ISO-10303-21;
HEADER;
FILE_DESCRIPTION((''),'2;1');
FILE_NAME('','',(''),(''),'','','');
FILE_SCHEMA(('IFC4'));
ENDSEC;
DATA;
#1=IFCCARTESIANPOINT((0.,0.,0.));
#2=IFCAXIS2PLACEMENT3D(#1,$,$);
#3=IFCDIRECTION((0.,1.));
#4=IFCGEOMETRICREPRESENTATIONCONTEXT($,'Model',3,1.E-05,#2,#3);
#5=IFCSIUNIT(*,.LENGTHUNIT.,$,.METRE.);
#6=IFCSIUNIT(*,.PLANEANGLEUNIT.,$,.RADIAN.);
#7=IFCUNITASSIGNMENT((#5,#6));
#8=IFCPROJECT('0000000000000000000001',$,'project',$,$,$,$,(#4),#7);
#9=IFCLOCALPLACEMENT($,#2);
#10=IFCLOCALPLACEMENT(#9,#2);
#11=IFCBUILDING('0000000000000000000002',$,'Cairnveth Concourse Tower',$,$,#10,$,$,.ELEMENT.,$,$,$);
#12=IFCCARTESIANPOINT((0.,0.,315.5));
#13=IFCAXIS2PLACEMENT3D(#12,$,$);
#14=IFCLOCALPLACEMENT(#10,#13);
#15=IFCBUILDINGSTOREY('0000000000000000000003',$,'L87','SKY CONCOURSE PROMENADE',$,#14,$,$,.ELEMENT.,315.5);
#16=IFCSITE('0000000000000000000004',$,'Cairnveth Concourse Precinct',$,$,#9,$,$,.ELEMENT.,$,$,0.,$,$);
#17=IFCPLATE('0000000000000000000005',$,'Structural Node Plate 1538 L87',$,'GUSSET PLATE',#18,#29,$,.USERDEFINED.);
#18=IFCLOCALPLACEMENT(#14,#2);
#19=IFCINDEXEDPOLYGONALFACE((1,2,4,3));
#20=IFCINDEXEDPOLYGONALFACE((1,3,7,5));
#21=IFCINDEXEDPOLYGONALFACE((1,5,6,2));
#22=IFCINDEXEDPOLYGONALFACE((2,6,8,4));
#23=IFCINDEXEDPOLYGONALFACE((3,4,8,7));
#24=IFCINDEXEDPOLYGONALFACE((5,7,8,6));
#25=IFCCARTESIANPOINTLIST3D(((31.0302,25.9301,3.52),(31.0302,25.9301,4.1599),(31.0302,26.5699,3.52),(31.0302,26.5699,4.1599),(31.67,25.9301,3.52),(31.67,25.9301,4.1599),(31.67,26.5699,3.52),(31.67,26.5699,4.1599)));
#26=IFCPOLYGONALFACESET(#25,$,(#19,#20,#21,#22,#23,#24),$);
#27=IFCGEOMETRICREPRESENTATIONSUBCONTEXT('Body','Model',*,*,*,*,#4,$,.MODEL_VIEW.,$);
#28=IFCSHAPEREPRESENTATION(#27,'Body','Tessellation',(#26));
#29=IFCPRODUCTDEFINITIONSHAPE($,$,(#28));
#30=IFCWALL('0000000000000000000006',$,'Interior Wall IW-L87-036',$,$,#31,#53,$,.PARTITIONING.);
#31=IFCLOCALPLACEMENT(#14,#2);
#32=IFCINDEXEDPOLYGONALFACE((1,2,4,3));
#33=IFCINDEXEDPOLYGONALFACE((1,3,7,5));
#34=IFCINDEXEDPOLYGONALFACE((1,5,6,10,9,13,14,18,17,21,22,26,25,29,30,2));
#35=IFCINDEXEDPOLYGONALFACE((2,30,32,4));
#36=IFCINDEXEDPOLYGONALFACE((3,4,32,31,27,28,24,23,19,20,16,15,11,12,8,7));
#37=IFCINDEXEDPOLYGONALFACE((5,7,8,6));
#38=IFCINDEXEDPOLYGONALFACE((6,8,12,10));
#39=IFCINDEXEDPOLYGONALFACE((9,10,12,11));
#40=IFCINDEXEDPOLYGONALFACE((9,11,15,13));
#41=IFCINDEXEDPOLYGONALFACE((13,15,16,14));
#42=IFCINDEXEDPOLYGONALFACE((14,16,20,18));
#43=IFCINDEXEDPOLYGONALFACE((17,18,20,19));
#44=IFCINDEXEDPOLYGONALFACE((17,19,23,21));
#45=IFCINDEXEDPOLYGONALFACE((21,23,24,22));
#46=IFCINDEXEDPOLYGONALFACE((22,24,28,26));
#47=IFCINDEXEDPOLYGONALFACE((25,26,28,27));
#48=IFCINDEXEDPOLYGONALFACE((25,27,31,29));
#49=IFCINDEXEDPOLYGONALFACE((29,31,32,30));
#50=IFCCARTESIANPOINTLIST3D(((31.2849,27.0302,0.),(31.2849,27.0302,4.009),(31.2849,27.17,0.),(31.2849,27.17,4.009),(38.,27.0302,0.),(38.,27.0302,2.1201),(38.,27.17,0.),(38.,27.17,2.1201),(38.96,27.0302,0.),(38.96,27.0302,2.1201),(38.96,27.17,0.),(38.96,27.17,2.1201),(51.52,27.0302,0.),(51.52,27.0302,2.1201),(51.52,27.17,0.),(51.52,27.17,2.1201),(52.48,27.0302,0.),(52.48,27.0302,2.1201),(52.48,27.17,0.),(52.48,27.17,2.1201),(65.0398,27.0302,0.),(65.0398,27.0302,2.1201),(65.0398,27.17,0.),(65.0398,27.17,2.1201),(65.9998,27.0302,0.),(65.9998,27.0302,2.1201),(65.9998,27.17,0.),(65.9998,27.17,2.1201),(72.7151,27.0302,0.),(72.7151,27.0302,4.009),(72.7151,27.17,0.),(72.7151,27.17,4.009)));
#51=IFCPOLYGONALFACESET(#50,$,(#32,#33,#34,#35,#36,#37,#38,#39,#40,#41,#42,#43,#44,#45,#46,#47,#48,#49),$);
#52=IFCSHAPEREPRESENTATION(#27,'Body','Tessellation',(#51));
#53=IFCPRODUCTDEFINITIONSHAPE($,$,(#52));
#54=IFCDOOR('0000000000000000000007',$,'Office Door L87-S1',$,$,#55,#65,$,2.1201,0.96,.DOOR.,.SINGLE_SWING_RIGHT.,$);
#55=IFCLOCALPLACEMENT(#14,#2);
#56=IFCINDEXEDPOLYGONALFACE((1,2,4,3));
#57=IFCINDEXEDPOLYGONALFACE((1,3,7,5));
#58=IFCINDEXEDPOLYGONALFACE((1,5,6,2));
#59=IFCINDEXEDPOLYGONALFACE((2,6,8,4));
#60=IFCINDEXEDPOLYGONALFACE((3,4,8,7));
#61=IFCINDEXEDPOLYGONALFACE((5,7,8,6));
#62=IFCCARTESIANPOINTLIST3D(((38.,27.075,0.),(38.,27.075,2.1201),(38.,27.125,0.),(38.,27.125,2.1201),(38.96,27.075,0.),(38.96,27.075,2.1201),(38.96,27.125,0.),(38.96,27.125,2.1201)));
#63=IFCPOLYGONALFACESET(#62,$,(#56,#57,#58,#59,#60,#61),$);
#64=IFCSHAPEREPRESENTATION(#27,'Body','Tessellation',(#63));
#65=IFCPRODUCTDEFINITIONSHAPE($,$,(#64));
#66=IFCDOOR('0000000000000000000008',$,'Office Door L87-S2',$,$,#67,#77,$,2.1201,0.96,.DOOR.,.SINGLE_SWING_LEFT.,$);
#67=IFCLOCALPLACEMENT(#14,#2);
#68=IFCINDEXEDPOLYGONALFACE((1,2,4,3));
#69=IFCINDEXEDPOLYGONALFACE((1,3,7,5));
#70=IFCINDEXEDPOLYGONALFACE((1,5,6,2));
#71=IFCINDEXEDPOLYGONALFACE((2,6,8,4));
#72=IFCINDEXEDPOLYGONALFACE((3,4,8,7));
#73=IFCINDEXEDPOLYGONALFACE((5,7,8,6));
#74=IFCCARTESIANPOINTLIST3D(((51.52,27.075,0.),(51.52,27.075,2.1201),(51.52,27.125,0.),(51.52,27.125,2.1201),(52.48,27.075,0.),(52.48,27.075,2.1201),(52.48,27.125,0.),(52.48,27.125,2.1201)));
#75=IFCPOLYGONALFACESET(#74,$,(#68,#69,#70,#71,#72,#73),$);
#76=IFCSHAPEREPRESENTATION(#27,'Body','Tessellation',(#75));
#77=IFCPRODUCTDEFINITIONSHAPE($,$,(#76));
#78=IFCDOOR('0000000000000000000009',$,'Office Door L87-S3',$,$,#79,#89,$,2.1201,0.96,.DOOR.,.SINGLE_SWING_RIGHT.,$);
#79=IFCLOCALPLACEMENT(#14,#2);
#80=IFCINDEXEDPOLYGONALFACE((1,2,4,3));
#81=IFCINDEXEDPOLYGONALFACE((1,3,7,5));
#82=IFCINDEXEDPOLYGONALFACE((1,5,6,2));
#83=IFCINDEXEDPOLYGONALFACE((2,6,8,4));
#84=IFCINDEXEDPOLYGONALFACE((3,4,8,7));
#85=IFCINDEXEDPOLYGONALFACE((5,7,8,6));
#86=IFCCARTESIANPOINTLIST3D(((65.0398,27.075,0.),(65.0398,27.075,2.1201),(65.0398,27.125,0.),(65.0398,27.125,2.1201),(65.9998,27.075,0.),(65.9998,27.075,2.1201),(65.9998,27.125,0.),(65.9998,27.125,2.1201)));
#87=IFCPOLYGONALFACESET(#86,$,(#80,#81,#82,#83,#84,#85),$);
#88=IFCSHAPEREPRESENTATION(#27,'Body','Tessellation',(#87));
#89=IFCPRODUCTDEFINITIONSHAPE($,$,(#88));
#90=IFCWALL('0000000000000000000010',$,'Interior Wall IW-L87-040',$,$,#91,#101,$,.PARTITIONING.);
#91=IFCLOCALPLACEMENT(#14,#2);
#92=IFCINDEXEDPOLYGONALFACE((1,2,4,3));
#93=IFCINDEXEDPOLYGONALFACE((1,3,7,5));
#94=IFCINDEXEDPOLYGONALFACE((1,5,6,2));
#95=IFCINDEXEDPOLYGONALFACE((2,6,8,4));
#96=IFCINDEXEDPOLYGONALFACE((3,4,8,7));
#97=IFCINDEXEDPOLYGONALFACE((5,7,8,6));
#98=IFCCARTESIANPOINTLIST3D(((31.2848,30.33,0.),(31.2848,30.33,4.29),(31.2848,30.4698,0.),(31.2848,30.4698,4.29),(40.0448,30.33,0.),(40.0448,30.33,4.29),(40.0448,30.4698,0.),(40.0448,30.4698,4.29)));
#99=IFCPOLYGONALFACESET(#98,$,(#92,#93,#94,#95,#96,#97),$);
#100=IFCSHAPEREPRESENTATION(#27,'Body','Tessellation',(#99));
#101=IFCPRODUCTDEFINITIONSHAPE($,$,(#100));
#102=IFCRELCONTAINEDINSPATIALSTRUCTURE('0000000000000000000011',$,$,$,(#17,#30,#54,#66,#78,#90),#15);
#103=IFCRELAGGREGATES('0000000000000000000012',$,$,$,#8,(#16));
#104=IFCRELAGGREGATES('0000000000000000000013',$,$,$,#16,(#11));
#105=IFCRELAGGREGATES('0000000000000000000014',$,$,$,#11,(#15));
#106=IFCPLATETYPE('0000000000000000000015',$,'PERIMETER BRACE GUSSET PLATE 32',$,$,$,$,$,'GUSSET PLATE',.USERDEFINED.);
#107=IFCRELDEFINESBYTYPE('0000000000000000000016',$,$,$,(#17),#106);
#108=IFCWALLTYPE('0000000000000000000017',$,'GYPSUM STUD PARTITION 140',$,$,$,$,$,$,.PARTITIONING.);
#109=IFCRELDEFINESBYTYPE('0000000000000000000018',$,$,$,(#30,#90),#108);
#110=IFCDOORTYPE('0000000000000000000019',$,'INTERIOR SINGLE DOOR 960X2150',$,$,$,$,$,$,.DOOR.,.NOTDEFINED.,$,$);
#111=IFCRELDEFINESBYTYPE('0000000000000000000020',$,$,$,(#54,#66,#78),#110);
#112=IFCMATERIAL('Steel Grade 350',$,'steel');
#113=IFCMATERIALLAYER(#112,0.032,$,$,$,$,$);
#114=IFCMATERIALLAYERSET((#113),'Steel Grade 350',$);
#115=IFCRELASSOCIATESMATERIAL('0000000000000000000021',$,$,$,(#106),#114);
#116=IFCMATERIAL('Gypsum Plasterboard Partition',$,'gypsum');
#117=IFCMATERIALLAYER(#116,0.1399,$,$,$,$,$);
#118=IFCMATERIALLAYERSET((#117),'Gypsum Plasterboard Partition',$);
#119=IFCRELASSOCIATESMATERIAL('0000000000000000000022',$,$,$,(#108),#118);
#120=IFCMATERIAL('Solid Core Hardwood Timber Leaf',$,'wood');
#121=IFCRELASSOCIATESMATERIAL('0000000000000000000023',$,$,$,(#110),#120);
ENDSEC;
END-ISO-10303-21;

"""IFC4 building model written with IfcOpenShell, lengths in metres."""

from ifc_helpers import new_model, si_unit, direction, frame, frame_2d, origin, origin_2d, place, context, subcontext, project, spatial, rectangle, extrude, material, layer, layer_set, type_object, element, fill, save


model = new_model("IFC4")

# Units and contexts
model_context = context("Model", 3, precision=1e-05, world=origin(), true_north=direction((0.0, 1.0)))
body_context = subcontext(model_context, "Body", "Model", "MODEL_VIEW")
ifc_project = project(units=[si_unit("LENGTHUNIT", "METRE"), si_unit("PLANEANGLEUNIT", "RADIAN")], contexts=[model_context])

# Site, building, storey
site_placement = place(None, origin())
site = spatial("IfcSite", under=ifc_project, at=site_placement, Name="Cairnveth Concourse Precinct", CompositionType="ELEMENT", RefElevation=0.0)
building_placement = place(site_placement, origin())
building = spatial("IfcBuilding", under=site, at=building_placement, Name="Cairnveth Concourse Tower", CompositionType="ELEMENT")
storey_placement = place(building_placement, frame((0.0, 0.0, 315.5)))
storey = spatial("IfcBuildingStorey", under=building, at=storey_placement, Name="L87", Description="SKY CONCOURSE PROMENADE", CompositionType="ELEMENT", Elevation=315.5)

# Shared definitions
ifc_material_1 = material(Name="Steel Grade 350", Category="steel")

# Plate
ifc_layer_1 = layer(ifc_material_1, 0.032)
ifc_layer_set_1 = layer_set([ifc_layer_1], Name="Steel Grade 350")
plate_type_1 = type_object("IfcPlateType", Name="PERIMETER BRACE GUSSET PLATE 32", ElementType="GUSSET PLATE", PredefinedType="USERDEFINED", material=ifc_layer_set_1)
plate_1_placement = place(storey_placement, frame((31.3501, 26.25, 3.52), z_axis=(0.0, 0.0, 1.0), x_axis=(1.0, 0.0, 0.0)))
element("IfcPlate", 1, at=plate_1_placement, inside=storey, type_object=plate_type_1, Name="Structural Node Plate 1538 L87", ObjectType="GUSSET PLATE", PredefinedType="USERDEFINED", context=body_context, shape_type="SweptSolid", body=[
    extrude(rectangle(XDim=0.6399, YDim=0.6399, at=origin_2d()), origin(), (0.0, 0.0, 1.0), 0.6399),
])

# Wall, openings, doors
ifc_material_2 = material(Name="Gypsum Plasterboard Partition", Category="gypsum")
ifc_layer_2 = layer(ifc_material_2, 0.1399)
ifc_layer_set_2 = layer_set([ifc_layer_2], Name="Gypsum Plasterboard Partition")
wall_type = type_object("IfcWallType", Name="GYPSUM STUD PARTITION 140", PredefinedType="PARTITIONING", material=ifc_layer_set_2)
wall_1_placement = place(storey_placement, frame((31.2849, 27.1001, 0.0), z_axis=(0.0, 0.0, 1.0), x_axis=(1.0, 0.0, 0.0)))
wall_1 = element("IfcWall", 2, at=wall_1_placement, inside=storey, type_object=wall_type, Name="Interior Wall IW-L87-036", PredefinedType="PARTITIONING", context=body_context, shape_type="SweptSolid", body=[
    extrude(rectangle(XDim=41.4302, YDim=0.1399, at=frame_2d((20.7151, 0.0))), origin(), (0.0, 0.0, 1.0), 4.009),
])
opening_1_placement = place(wall_1_placement, frame((6.7151, 0.0, 0.0)))
opening_1 = element("IfcOpeningElement", 3, at=opening_1_placement, cuts=wall_1, PredefinedType="OPENING", context=body_context, shape_type="SweptSolid", body=[
    extrude(rectangle(XDim=0.96, YDim=2.1201, at=frame_2d((0.48, 1.0601))), frame((0.0, 0.0798, 0.0), z_axis=(0.0, -1.0, 0.0), x_axis=(1.0, 0.0, 0.0)), (0.0, 0.0, 1.0), 0.1599),
])
opening_2_placement = place(wall_1_placement, frame((20.2351, 0.0, 0.0)))
opening_2 = element("IfcOpeningElement", 4, at=opening_2_placement, cuts=wall_1, PredefinedType="OPENING", context=body_context, shape_type="SweptSolid", body=[
    extrude(rectangle(XDim=0.96, YDim=2.1201, at=frame_2d((0.48, 1.0601))), frame((0.0, 0.0798, 0.0), z_axis=(0.0, -1.0, 0.0), x_axis=(1.0, 0.0, 0.0)), (0.0, 0.0, 1.0), 0.1599),
])
opening_3_placement = place(wall_1_placement, frame((33.7549, 0.0, 0.0)))
opening_3 = element("IfcOpeningElement", 5, at=opening_3_placement, cuts=wall_1, PredefinedType="OPENING", context=body_context, shape_type="SweptSolid", body=[
    extrude(rectangle(XDim=0.96, YDim=2.1201, at=frame_2d((0.48, 1.0601))), frame((0.0, 0.0798, 0.0), z_axis=(0.0, -1.0, 0.0), x_axis=(1.0, 0.0, 0.0)), (0.0, 0.0, 1.0), 0.1599),
])
ifc_material_3 = material(Name="Solid Core Hardwood Timber Leaf", Category="wood")
door_type = type_object("IfcDoorType", Name="INTERIOR SINGLE DOOR 960X2150", OperationType="NOTDEFINED", PredefinedType="DOOR", material=ifc_material_3)
door_1_placement = place(opening_1_placement, origin())
door_1 = element("IfcDoor", 6, at=door_1_placement, inside=storey, type_object=door_type, Name="Office Door L87-S1", OperationType="SINGLE_SWING_RIGHT", OverallHeight=2.1201, OverallWidth=0.96, PredefinedType="DOOR", context=body_context, shape_type="SweptSolid", body=[
    extrude(rectangle(XDim=0.96, YDim=2.1201, at=frame_2d((0.48, 1.0601))), frame((0.0, 0.0249, 0.0), z_axis=(0.0, -1.0, 0.0), x_axis=(1.0, 0.0, 0.0)), (0.0, 0.0, 1.0), 0.05),
])
fill(opening_1, door_1)
door_2_placement = place(opening_2_placement, origin())
door_2 = element("IfcDoor", 7, at=door_2_placement, inside=storey, type_object=door_type, Name="Office Door L87-S2", OperationType="SINGLE_SWING_LEFT", OverallHeight=2.1201, OverallWidth=0.96, PredefinedType="DOOR", context=body_context, shape_type="SweptSolid", body=[
    extrude(rectangle(XDim=0.96, YDim=2.1201, at=frame_2d((0.48, 1.0601))), frame((0.0, 0.0249, 0.0), z_axis=(0.0, -1.0, 0.0), x_axis=(1.0, 0.0, 0.0)), (0.0, 0.0, 1.0), 0.05),
])
fill(opening_2, door_2)
door_3_placement = place(opening_3_placement, origin())
door_3 = element("IfcDoor", 8, at=door_3_placement, inside=storey, type_object=door_type, Name="Office Door L87-S3", OperationType="SINGLE_SWING_RIGHT", OverallHeight=2.1201, OverallWidth=0.96, PredefinedType="DOOR", context=body_context, shape_type="SweptSolid", body=[
    extrude(rectangle(XDim=0.96, YDim=2.1201, at=frame_2d((0.48, 1.0601))), frame((0.0, 0.0249, 0.0), z_axis=(0.0, -1.0, 0.0), x_axis=(1.0, 0.0, 0.0)), (0.0, 0.0, 1.0), 0.05),
])
fill(opening_3, door_3)

# Wall
wall_2_placement = place(storey_placement, frame((31.2849, 30.3999, 0.0), z_axis=(0.0, 0.0, 1.0), x_axis=(1.0, 0.0, 0.0)))
element("IfcWall", 9, at=wall_2_placement, inside=storey, type_object=wall_type, Name="Interior Wall IW-L87-040", PredefinedType="PARTITIONING", context=body_context, shape_type="SweptSolid", body=[
    extrude(rectangle(XDim=8.76, YDim=0.1399, at=frame_2d((4.3799, 0.0))), origin(), (0.0, 0.0, 1.0), 4.29),
])

save(model, "model.ifc")
